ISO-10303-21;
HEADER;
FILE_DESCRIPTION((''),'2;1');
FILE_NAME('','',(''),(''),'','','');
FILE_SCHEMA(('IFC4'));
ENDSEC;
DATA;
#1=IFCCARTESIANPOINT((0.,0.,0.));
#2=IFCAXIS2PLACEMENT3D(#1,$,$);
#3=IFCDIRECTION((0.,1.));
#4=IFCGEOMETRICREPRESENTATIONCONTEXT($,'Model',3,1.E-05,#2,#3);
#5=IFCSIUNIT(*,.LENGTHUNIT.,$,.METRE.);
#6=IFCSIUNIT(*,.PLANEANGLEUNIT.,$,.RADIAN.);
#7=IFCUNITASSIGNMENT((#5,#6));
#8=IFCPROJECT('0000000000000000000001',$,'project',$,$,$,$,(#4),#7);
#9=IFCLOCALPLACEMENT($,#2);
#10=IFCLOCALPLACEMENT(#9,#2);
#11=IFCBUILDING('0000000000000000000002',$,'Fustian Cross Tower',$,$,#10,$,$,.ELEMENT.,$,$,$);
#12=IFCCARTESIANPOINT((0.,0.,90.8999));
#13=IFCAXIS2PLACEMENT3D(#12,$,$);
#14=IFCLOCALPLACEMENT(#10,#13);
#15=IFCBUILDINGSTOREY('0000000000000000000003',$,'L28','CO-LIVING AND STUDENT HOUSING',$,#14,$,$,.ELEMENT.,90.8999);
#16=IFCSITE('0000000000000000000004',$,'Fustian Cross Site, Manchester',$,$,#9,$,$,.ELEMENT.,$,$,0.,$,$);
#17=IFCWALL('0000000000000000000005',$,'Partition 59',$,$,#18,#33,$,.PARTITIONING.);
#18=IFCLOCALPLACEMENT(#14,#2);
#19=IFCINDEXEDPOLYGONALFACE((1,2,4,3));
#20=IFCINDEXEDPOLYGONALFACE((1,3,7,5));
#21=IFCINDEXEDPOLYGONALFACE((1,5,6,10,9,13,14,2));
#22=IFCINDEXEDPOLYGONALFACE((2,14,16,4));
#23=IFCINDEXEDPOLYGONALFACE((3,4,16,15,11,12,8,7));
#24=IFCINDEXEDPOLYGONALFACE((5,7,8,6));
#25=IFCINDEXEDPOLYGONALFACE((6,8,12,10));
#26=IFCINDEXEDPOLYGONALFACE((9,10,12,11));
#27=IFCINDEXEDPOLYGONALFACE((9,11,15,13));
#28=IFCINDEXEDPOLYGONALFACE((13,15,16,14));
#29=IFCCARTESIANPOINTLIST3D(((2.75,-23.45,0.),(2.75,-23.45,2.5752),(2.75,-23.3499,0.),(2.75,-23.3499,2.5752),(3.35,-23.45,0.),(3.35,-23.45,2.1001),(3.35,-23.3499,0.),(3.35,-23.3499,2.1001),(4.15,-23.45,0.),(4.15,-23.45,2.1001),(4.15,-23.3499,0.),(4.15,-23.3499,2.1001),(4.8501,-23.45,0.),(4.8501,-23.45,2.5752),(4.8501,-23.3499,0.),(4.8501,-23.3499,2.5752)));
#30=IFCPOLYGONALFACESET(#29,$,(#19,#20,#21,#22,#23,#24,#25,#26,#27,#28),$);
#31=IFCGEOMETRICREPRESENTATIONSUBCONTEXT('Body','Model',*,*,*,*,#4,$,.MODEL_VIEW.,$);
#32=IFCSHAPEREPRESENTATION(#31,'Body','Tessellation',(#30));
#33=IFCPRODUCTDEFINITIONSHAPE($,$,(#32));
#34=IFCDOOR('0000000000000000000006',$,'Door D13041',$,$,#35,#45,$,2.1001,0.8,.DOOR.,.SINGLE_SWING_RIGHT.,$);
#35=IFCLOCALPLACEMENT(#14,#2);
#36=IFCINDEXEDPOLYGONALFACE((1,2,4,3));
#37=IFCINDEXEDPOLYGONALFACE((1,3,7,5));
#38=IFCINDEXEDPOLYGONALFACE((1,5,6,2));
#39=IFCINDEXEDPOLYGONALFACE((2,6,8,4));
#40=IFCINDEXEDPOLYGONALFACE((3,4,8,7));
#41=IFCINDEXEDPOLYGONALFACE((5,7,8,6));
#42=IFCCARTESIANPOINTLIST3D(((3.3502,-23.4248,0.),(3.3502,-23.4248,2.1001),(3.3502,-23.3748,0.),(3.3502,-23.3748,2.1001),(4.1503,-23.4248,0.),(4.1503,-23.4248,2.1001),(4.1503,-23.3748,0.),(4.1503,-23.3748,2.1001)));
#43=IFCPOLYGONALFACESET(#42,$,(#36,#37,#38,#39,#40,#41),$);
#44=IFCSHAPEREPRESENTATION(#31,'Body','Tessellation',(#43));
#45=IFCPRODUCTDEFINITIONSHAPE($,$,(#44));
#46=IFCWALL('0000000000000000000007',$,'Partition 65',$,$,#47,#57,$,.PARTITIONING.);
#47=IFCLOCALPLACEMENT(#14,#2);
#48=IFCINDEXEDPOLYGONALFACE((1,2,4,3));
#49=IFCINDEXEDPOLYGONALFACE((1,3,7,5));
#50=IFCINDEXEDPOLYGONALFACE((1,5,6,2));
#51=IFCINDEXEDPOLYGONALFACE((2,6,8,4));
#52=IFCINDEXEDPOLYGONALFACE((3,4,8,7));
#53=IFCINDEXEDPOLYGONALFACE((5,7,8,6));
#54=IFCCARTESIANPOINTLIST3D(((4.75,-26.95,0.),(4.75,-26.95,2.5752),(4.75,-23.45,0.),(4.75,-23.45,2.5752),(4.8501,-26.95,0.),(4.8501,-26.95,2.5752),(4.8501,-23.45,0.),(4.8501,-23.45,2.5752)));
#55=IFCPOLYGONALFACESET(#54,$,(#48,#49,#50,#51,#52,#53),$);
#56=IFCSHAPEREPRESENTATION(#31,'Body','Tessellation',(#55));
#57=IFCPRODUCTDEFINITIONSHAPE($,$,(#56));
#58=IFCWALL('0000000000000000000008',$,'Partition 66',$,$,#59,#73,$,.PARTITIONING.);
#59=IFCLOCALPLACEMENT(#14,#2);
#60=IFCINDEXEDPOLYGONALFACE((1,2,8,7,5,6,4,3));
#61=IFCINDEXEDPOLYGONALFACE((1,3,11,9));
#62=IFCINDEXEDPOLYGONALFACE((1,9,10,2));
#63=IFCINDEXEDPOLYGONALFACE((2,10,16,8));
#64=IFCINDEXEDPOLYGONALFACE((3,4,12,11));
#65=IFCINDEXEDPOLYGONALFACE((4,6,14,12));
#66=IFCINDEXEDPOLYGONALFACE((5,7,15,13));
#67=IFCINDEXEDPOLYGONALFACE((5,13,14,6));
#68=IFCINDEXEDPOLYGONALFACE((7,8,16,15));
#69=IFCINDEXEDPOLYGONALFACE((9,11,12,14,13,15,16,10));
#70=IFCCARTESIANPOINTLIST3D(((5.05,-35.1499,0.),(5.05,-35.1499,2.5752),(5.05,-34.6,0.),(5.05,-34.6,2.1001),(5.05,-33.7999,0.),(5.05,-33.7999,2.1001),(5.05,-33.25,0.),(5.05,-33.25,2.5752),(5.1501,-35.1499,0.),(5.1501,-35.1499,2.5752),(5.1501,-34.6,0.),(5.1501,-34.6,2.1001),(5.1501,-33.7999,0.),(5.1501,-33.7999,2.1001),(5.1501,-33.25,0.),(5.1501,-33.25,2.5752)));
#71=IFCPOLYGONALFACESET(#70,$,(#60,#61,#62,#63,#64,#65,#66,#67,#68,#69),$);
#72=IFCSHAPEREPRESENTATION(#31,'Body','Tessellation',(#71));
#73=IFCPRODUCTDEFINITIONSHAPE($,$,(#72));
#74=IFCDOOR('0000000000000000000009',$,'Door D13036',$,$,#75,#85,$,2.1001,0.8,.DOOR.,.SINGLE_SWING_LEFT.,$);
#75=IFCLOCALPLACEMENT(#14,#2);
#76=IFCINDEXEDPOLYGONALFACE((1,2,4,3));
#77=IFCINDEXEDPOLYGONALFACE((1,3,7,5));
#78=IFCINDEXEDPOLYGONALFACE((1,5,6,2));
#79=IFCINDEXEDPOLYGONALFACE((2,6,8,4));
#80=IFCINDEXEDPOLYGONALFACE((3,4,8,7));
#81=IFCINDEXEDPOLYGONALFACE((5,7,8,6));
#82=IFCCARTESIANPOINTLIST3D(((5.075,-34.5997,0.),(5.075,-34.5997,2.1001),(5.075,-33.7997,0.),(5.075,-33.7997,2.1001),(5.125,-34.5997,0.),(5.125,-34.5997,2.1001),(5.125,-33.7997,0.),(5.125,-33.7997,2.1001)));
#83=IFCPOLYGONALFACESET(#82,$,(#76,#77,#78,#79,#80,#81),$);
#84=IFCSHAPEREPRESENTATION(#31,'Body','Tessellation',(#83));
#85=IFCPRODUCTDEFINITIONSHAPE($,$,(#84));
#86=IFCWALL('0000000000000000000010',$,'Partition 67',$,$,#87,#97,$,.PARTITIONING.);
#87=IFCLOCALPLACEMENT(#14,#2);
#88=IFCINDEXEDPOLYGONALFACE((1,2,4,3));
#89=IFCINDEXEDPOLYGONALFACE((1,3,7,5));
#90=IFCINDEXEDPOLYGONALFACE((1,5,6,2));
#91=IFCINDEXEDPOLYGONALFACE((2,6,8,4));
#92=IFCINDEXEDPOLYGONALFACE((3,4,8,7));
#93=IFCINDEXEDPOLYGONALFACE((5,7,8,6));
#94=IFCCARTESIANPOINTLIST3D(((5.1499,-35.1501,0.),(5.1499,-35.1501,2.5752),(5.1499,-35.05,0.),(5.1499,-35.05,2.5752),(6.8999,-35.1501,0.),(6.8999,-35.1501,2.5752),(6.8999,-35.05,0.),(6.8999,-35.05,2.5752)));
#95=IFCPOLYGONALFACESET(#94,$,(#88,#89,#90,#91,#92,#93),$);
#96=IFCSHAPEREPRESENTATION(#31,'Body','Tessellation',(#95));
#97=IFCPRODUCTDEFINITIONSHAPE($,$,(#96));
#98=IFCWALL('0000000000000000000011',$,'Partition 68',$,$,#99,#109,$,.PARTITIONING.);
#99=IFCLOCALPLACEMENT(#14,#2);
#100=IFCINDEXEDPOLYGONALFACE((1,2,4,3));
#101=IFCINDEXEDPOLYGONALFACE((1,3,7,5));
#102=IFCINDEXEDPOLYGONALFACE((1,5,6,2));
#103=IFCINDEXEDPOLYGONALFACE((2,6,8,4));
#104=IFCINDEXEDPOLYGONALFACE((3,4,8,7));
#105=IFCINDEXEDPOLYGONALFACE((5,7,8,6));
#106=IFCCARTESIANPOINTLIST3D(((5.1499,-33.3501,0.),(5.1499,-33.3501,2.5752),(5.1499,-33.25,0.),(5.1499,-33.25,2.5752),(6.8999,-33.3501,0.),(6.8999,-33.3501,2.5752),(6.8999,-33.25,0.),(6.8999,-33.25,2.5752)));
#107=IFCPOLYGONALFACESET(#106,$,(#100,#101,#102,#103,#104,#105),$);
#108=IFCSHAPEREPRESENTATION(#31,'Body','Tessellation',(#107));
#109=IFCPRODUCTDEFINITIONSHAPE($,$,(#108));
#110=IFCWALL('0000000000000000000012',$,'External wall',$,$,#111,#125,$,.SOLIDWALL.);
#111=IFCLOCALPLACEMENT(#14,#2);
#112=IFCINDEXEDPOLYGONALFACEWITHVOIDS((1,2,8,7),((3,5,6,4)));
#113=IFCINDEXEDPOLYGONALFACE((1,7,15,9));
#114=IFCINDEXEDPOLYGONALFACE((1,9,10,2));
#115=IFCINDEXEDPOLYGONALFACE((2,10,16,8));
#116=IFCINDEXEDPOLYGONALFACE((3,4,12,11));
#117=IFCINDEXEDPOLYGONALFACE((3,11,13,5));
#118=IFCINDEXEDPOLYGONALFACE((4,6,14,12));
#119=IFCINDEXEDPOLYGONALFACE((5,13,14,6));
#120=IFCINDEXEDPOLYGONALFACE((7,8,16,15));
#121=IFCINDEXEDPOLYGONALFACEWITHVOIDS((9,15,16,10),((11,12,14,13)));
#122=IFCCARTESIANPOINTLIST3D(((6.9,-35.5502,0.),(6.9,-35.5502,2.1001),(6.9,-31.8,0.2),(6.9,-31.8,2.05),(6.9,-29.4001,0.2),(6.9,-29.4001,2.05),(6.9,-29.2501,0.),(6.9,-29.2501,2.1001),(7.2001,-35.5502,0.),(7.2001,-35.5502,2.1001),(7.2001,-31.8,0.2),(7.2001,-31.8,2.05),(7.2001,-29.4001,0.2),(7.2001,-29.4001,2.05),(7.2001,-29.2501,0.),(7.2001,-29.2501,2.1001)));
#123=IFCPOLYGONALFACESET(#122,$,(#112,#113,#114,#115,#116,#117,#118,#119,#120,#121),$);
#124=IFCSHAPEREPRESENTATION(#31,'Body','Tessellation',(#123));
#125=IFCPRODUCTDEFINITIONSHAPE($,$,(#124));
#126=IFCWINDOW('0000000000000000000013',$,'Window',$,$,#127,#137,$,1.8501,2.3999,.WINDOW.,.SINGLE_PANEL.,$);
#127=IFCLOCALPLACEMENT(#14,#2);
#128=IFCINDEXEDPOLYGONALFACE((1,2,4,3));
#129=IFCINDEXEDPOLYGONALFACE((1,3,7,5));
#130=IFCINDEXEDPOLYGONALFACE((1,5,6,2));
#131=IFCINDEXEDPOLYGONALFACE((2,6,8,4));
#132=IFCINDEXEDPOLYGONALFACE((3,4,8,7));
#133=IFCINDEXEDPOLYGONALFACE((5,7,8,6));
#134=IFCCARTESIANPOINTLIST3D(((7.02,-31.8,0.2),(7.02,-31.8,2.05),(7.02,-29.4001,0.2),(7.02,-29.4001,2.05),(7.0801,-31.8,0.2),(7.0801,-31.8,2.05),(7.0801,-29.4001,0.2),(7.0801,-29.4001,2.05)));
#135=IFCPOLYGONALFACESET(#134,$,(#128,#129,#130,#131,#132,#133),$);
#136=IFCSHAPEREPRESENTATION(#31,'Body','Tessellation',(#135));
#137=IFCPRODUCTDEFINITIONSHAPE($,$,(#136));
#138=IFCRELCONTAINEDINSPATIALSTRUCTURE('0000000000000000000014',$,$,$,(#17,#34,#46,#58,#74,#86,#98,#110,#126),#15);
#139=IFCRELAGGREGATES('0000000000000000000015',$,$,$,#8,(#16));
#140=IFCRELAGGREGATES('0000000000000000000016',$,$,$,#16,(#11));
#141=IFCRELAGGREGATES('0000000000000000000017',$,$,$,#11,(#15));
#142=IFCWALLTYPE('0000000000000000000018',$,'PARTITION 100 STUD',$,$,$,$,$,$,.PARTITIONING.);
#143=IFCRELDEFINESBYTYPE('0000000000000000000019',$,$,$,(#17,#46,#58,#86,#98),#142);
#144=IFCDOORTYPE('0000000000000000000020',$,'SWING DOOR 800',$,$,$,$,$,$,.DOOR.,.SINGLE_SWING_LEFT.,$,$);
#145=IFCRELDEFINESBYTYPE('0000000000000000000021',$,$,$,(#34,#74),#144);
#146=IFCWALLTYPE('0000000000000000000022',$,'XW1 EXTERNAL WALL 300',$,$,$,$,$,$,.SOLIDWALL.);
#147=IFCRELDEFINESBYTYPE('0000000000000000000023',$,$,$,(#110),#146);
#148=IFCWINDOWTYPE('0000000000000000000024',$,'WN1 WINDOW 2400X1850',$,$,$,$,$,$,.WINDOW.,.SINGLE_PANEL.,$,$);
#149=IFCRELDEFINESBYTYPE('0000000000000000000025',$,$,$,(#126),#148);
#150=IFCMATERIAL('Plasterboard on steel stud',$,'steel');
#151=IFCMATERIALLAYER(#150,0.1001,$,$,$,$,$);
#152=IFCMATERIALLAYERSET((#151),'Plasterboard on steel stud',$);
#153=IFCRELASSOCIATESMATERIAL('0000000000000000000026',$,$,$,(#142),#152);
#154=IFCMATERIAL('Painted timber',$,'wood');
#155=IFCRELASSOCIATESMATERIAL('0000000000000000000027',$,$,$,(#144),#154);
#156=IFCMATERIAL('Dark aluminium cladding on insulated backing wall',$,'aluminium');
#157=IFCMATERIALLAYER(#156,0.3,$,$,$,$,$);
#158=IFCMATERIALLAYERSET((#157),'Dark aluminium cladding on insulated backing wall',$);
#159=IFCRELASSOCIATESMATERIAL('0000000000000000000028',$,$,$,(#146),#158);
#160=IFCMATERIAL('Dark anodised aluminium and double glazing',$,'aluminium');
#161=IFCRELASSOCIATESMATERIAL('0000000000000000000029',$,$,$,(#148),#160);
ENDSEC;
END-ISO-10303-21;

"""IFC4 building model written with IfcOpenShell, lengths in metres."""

from ifc_helpers import new_model, si_unit, direction, frame, frame_2d, origin, place, context, subcontext, project, spatial, rectangle, extrude, material, layer, layer_set, type_object, element, fill, save


model = new_model("IFC4")

# Units and contexts
model_context = context("Model", 3, precision=1e-05, world=origin(), true_north=direction((0.0, 1.0)))
body_context = subcontext(model_context, "Body", "Model", "MODEL_VIEW")
ifc_project = project(units=[si_unit("LENGTHUNIT", "METRE"), si_unit("PLANEANGLEUNIT", "RADIAN")], contexts=[model_context])

# Site, building, storey
site_placement = place(None, origin())
site = spatial("IfcSite", under=ifc_project, at=site_placement, Name="Fustian Cross Site, Manchester", CompositionType="ELEMENT", RefElevation=0.0)
building_placement = place(site_placement, origin())
building = spatial("IfcBuilding", under=site, at=building_placement, Name="Fustian Cross Tower", CompositionType="ELEMENT")
storey_placement = place(building_placement, frame((0.0, 0.0, 90.8999)))
storey = spatial("IfcBuildingStorey", under=building, at=storey_placement, Name="L28", Description="CO-LIVING AND STUDENT HOUSING", CompositionType="ELEMENT", Elevation=90.8999)

# Shared definitions
ifc_material_1 = material(Name="Plasterboard on steel stud", Category="steel")
ifc_layer_1 = layer(ifc_material_1, 0.1001)
ifc_layer_set_1 = layer_set([ifc_layer_1], Name="Plasterboard on steel stud")
wall_type_1 = type_object("IfcWallType", Name="PARTITION 100 STUD", PredefinedType="PARTITIONING", material=ifc_layer_set_1)

# Shared definitions
ifc_material_2 = material(Name="Painted timber", Category="wood")
door_type_1 = type_object("IfcDoorType", Name="SWING DOOR 800", OperationType="SINGLE_SWING_LEFT", PredefinedType="DOOR", material=ifc_material_2)

# Wall, opening, door
wall_1_placement = place(storey_placement, frame((2.75, -23.3999, 0.0), z_axis=(0.0, 0.0, 1.0), x_axis=(1.0, 0.0, 0.0)))
wall_1 = element("IfcWall", 1, at=wall_1_placement, inside=storey, type_object=wall_type_1, Name="Partition 59", PredefinedType="PARTITIONING", context=body_context, shape_type="SweptSolid", body=[
    extrude(rectangle(XDim=2.1001, YDim=0.1001, at=frame_2d((1.05, 0.0))), origin(), (0.0, 0.0, 1.0), 2.5752),
])
opening_1_placement = place(wall_1_placement, frame((0.6001, 0.0, 0.0)))
opening_1 = element("IfcOpeningElement", 2, at=opening_1_placement, cuts=wall_1, PredefinedType="OPENING", context=body_context, shape_type="SweptSolid", body=[
    extrude(rectangle(XDim=0.8, YDim=2.1001, at=frame_2d((0.3999, 1.05))), frame((0.0, 0.0601, 0.0), z_axis=(0.0, -1.0, 0.0), x_axis=(1.0, 0.0, 0.0)), (0.0, 0.0, 1.0), 0.1201),
])
door_1_placement = place(opening_1_placement, frame((0.8, 0.0, 0.0), z_axis=(0.0, 0.0, 1.0), x_axis=(-1.0, 0.0, 0.0)))
door_1 = element("IfcDoor", 3, at=door_1_placement, inside=storey, type_object=door_type_1, Name="Door D13041", OperationType="SINGLE_SWING_RIGHT", OverallHeight=2.1001, OverallWidth=0.8, PredefinedType="DOOR", context=body_context, shape_type="SweptSolid", body=[
    extrude(rectangle(XDim=0.8, YDim=2.1001, at=frame_2d((0.3999, 1.05))), frame((0.0, 0.0249, 0.0), z_axis=(0.0, -1.0, 0.0), x_axis=(1.0, 0.0, 0.0)), (0.0, 0.0, 1.0), 0.05),
])
fill(opening_1, door_1)

# Wall
wall_2_placement = place(storey_placement, frame((4.8, -26.95, 0.0), z_axis=(0.0, 0.0, 1.0), x_axis=(0.0, 1.0, 0.0)))
element("IfcWall", 4, at=wall_2_placement, inside=storey, type_object=wall_type_1, Name="Partition 65", PredefinedType="PARTITIONING", context=body_context, shape_type="SweptSolid", body=[
    extrude(rectangle(XDim=3.5, YDim=0.1001, at=frame_2d((1.75, 0.0))), origin(), (0.0, 0.0, 1.0), 2.5752),
])

# Wall, opening, door
wall_3_placement = place(storey_placement, frame((5.1001, -35.1499, 0.0), z_axis=(0.0, 0.0, 1.0), x_axis=(0.0, 1.0, 0.0)))
wall_3 = element("IfcWall", 5, at=wall_3_placement, inside=storey, type_object=wall_type_1, Name="Partition 66", PredefinedType="PARTITIONING", context=body_context, shape_type="SweptSolid", body=[
    extrude(rectangle(XDim=1.8999, YDim=0.1001, at=frame_2d((0.95, 0.0))), origin(), (0.0, 0.0, 1.0), 2.5752),
])
opening_2_placement = place(wall_3_placement, frame((0.55, 0.0, 0.0)))
opening_2 = element("IfcOpeningElement", 6, at=opening_2_placement, cuts=wall_3, PredefinedType="OPENING", context=body_context, shape_type="SweptSolid", body=[
    extrude(rectangle(XDim=0.8, YDim=2.1001, at=frame_2d((0.3999, 1.05))), frame((0.0, 0.0601, 0.0), z_axis=(0.0, -1.0, 0.0), x_axis=(1.0, 0.0, 0.0)), (0.0, 0.0, 1.0), 0.1201),
])
door_2_placement = place(opening_2_placement, frame((0.8, 0.0, 0.0), z_axis=(0.0, 0.0, 1.0), x_axis=(-1.0, 0.0, 0.0)))
door_2 = element("IfcDoor", 7, at=door_2_placement, inside=storey, type_object=door_type_1, Name="Door D13036", OperationType="SINGLE_SWING_LEFT", OverallHeight=2.1001, OverallWidth=0.8, PredefinedType="DOOR", context=body_context, shape_type="SweptSolid", body=[
    extrude(rectangle(XDim=0.8, YDim=2.1001, at=frame_2d((0.3999, 1.05))), frame((0.0, 0.0249, 0.0), z_axis=(0.0, -1.0, 0.0), x_axis=(1.0, 0.0, 0.0)), (0.0, 0.0, 1.0), 0.05),
])
fill(opening_2, door_2)

# Walls
for number, where, z_axis, x_axis, name in (
    (8, (5.1499, -35.1001, 0.0), (0.0, 0.0, 1.0), (1.0, 0.0, 0.0), "Partition 67"),
    (9, (5.1499, -33.3, 0.0), (0.0, 0.0, 1.0), (1.0, 0.0, 0.0), "Partition 68"),
):
    element("IfcWall", number, at=place(storey_placement, frame(where, z_axis=z_axis, x_axis=x_axis)), inside=storey, type_object=wall_type_1, Name=name, PredefinedType="PARTITIONING", context=body_context, shape_type="SweptSolid", body=[
        extrude(rectangle(XDim=1.75, YDim=0.1001, at=frame_2d((0.875, 0.0))), origin(), (0.0, 0.0, 1.0), 2.5752),
    ])

# Wall, opening, window
ifc_material_3 = material(Name="Dark aluminium cladding on insulated backing wall", Category="aluminium")
ifc_layer_2 = layer(ifc_material_3, 0.3)
ifc_layer_set_2 = layer_set([ifc_layer_2], Name="Dark aluminium cladding on insulated backing wall")
wall_type_2 = type_object("IfcWallType", Name="XW1 EXTERNAL WALL 300", PredefinedType="SOLIDWALL", material=ifc_layer_set_2)
wall_4_placement = place(storey_placement, frame((7.05, -35.55, 0.0), z_axis=(0.0, 0.0, 1.0), x_axis=(0.0, 1.0, 0.0)))
wall_4 = element("IfcWall", 10, at=wall_4_placement, inside=storey, type_object=wall_type_2, Name="External wall", PredefinedType="SOLIDWALL", context=body_context, shape_type="SweptSolid", body=[
    extrude(rectangle(XDim=6.3, YDim=0.3, at=frame_2d((3.1499, 0.0))), origin(), (0.0, 0.0, 1.0), 2.1001),
])
opening_3_placement = place(wall_4_placement, frame((3.75, 0.0, 0.2)))
opening_3 = element("IfcOpeningElement", 11, at=opening_3_placement, cuts=wall_4, PredefinedType="OPENING", context=body_context, shape_type="SweptSolid", body=[
    extrude(rectangle(XDim=2.3999, YDim=1.8501, at=frame_2d((1.2, 0.925))), frame((0.0, 0.1599, 0.0), z_axis=(0.0, -1.0, 0.0), x_axis=(1.0, 0.0, 0.0)), (0.0, 0.0, 1.0), 0.3201),
])
ifc_material_4 = material(Name="Dark anodised aluminium and double glazing", Category="aluminium")
window_type = type_object("IfcWindowType", Name="WN1 WINDOW 2400X1850", PartitioningType="SINGLE_PANEL", PredefinedType="WINDOW", material=ifc_material_4)
window_1_placement = place(opening_3_placement, origin())
window_1 = element("IfcWindow", 12, at=window_1_placement, inside=storey, type_object=window_type, Name="Window", OverallHeight=1.8501, OverallWidth=2.3999, PartitioningType="SINGLE_PANEL", PredefinedType="WINDOW", context=body_context, shape_type="SweptSolid", body=[
    extrude(rectangle(XDim=2.3999, YDim=1.8501, at=frame_2d((1.2, 0.925))), frame((0.0, 0.03, 0.0), z_axis=(0.0, -1.0, 0.0), x_axis=(1.0, 0.0, 0.0)), (0.0, 0.0, 1.0), 0.0601),
])
fill(opening_3, window_1)

save(model, "model.ifc")
